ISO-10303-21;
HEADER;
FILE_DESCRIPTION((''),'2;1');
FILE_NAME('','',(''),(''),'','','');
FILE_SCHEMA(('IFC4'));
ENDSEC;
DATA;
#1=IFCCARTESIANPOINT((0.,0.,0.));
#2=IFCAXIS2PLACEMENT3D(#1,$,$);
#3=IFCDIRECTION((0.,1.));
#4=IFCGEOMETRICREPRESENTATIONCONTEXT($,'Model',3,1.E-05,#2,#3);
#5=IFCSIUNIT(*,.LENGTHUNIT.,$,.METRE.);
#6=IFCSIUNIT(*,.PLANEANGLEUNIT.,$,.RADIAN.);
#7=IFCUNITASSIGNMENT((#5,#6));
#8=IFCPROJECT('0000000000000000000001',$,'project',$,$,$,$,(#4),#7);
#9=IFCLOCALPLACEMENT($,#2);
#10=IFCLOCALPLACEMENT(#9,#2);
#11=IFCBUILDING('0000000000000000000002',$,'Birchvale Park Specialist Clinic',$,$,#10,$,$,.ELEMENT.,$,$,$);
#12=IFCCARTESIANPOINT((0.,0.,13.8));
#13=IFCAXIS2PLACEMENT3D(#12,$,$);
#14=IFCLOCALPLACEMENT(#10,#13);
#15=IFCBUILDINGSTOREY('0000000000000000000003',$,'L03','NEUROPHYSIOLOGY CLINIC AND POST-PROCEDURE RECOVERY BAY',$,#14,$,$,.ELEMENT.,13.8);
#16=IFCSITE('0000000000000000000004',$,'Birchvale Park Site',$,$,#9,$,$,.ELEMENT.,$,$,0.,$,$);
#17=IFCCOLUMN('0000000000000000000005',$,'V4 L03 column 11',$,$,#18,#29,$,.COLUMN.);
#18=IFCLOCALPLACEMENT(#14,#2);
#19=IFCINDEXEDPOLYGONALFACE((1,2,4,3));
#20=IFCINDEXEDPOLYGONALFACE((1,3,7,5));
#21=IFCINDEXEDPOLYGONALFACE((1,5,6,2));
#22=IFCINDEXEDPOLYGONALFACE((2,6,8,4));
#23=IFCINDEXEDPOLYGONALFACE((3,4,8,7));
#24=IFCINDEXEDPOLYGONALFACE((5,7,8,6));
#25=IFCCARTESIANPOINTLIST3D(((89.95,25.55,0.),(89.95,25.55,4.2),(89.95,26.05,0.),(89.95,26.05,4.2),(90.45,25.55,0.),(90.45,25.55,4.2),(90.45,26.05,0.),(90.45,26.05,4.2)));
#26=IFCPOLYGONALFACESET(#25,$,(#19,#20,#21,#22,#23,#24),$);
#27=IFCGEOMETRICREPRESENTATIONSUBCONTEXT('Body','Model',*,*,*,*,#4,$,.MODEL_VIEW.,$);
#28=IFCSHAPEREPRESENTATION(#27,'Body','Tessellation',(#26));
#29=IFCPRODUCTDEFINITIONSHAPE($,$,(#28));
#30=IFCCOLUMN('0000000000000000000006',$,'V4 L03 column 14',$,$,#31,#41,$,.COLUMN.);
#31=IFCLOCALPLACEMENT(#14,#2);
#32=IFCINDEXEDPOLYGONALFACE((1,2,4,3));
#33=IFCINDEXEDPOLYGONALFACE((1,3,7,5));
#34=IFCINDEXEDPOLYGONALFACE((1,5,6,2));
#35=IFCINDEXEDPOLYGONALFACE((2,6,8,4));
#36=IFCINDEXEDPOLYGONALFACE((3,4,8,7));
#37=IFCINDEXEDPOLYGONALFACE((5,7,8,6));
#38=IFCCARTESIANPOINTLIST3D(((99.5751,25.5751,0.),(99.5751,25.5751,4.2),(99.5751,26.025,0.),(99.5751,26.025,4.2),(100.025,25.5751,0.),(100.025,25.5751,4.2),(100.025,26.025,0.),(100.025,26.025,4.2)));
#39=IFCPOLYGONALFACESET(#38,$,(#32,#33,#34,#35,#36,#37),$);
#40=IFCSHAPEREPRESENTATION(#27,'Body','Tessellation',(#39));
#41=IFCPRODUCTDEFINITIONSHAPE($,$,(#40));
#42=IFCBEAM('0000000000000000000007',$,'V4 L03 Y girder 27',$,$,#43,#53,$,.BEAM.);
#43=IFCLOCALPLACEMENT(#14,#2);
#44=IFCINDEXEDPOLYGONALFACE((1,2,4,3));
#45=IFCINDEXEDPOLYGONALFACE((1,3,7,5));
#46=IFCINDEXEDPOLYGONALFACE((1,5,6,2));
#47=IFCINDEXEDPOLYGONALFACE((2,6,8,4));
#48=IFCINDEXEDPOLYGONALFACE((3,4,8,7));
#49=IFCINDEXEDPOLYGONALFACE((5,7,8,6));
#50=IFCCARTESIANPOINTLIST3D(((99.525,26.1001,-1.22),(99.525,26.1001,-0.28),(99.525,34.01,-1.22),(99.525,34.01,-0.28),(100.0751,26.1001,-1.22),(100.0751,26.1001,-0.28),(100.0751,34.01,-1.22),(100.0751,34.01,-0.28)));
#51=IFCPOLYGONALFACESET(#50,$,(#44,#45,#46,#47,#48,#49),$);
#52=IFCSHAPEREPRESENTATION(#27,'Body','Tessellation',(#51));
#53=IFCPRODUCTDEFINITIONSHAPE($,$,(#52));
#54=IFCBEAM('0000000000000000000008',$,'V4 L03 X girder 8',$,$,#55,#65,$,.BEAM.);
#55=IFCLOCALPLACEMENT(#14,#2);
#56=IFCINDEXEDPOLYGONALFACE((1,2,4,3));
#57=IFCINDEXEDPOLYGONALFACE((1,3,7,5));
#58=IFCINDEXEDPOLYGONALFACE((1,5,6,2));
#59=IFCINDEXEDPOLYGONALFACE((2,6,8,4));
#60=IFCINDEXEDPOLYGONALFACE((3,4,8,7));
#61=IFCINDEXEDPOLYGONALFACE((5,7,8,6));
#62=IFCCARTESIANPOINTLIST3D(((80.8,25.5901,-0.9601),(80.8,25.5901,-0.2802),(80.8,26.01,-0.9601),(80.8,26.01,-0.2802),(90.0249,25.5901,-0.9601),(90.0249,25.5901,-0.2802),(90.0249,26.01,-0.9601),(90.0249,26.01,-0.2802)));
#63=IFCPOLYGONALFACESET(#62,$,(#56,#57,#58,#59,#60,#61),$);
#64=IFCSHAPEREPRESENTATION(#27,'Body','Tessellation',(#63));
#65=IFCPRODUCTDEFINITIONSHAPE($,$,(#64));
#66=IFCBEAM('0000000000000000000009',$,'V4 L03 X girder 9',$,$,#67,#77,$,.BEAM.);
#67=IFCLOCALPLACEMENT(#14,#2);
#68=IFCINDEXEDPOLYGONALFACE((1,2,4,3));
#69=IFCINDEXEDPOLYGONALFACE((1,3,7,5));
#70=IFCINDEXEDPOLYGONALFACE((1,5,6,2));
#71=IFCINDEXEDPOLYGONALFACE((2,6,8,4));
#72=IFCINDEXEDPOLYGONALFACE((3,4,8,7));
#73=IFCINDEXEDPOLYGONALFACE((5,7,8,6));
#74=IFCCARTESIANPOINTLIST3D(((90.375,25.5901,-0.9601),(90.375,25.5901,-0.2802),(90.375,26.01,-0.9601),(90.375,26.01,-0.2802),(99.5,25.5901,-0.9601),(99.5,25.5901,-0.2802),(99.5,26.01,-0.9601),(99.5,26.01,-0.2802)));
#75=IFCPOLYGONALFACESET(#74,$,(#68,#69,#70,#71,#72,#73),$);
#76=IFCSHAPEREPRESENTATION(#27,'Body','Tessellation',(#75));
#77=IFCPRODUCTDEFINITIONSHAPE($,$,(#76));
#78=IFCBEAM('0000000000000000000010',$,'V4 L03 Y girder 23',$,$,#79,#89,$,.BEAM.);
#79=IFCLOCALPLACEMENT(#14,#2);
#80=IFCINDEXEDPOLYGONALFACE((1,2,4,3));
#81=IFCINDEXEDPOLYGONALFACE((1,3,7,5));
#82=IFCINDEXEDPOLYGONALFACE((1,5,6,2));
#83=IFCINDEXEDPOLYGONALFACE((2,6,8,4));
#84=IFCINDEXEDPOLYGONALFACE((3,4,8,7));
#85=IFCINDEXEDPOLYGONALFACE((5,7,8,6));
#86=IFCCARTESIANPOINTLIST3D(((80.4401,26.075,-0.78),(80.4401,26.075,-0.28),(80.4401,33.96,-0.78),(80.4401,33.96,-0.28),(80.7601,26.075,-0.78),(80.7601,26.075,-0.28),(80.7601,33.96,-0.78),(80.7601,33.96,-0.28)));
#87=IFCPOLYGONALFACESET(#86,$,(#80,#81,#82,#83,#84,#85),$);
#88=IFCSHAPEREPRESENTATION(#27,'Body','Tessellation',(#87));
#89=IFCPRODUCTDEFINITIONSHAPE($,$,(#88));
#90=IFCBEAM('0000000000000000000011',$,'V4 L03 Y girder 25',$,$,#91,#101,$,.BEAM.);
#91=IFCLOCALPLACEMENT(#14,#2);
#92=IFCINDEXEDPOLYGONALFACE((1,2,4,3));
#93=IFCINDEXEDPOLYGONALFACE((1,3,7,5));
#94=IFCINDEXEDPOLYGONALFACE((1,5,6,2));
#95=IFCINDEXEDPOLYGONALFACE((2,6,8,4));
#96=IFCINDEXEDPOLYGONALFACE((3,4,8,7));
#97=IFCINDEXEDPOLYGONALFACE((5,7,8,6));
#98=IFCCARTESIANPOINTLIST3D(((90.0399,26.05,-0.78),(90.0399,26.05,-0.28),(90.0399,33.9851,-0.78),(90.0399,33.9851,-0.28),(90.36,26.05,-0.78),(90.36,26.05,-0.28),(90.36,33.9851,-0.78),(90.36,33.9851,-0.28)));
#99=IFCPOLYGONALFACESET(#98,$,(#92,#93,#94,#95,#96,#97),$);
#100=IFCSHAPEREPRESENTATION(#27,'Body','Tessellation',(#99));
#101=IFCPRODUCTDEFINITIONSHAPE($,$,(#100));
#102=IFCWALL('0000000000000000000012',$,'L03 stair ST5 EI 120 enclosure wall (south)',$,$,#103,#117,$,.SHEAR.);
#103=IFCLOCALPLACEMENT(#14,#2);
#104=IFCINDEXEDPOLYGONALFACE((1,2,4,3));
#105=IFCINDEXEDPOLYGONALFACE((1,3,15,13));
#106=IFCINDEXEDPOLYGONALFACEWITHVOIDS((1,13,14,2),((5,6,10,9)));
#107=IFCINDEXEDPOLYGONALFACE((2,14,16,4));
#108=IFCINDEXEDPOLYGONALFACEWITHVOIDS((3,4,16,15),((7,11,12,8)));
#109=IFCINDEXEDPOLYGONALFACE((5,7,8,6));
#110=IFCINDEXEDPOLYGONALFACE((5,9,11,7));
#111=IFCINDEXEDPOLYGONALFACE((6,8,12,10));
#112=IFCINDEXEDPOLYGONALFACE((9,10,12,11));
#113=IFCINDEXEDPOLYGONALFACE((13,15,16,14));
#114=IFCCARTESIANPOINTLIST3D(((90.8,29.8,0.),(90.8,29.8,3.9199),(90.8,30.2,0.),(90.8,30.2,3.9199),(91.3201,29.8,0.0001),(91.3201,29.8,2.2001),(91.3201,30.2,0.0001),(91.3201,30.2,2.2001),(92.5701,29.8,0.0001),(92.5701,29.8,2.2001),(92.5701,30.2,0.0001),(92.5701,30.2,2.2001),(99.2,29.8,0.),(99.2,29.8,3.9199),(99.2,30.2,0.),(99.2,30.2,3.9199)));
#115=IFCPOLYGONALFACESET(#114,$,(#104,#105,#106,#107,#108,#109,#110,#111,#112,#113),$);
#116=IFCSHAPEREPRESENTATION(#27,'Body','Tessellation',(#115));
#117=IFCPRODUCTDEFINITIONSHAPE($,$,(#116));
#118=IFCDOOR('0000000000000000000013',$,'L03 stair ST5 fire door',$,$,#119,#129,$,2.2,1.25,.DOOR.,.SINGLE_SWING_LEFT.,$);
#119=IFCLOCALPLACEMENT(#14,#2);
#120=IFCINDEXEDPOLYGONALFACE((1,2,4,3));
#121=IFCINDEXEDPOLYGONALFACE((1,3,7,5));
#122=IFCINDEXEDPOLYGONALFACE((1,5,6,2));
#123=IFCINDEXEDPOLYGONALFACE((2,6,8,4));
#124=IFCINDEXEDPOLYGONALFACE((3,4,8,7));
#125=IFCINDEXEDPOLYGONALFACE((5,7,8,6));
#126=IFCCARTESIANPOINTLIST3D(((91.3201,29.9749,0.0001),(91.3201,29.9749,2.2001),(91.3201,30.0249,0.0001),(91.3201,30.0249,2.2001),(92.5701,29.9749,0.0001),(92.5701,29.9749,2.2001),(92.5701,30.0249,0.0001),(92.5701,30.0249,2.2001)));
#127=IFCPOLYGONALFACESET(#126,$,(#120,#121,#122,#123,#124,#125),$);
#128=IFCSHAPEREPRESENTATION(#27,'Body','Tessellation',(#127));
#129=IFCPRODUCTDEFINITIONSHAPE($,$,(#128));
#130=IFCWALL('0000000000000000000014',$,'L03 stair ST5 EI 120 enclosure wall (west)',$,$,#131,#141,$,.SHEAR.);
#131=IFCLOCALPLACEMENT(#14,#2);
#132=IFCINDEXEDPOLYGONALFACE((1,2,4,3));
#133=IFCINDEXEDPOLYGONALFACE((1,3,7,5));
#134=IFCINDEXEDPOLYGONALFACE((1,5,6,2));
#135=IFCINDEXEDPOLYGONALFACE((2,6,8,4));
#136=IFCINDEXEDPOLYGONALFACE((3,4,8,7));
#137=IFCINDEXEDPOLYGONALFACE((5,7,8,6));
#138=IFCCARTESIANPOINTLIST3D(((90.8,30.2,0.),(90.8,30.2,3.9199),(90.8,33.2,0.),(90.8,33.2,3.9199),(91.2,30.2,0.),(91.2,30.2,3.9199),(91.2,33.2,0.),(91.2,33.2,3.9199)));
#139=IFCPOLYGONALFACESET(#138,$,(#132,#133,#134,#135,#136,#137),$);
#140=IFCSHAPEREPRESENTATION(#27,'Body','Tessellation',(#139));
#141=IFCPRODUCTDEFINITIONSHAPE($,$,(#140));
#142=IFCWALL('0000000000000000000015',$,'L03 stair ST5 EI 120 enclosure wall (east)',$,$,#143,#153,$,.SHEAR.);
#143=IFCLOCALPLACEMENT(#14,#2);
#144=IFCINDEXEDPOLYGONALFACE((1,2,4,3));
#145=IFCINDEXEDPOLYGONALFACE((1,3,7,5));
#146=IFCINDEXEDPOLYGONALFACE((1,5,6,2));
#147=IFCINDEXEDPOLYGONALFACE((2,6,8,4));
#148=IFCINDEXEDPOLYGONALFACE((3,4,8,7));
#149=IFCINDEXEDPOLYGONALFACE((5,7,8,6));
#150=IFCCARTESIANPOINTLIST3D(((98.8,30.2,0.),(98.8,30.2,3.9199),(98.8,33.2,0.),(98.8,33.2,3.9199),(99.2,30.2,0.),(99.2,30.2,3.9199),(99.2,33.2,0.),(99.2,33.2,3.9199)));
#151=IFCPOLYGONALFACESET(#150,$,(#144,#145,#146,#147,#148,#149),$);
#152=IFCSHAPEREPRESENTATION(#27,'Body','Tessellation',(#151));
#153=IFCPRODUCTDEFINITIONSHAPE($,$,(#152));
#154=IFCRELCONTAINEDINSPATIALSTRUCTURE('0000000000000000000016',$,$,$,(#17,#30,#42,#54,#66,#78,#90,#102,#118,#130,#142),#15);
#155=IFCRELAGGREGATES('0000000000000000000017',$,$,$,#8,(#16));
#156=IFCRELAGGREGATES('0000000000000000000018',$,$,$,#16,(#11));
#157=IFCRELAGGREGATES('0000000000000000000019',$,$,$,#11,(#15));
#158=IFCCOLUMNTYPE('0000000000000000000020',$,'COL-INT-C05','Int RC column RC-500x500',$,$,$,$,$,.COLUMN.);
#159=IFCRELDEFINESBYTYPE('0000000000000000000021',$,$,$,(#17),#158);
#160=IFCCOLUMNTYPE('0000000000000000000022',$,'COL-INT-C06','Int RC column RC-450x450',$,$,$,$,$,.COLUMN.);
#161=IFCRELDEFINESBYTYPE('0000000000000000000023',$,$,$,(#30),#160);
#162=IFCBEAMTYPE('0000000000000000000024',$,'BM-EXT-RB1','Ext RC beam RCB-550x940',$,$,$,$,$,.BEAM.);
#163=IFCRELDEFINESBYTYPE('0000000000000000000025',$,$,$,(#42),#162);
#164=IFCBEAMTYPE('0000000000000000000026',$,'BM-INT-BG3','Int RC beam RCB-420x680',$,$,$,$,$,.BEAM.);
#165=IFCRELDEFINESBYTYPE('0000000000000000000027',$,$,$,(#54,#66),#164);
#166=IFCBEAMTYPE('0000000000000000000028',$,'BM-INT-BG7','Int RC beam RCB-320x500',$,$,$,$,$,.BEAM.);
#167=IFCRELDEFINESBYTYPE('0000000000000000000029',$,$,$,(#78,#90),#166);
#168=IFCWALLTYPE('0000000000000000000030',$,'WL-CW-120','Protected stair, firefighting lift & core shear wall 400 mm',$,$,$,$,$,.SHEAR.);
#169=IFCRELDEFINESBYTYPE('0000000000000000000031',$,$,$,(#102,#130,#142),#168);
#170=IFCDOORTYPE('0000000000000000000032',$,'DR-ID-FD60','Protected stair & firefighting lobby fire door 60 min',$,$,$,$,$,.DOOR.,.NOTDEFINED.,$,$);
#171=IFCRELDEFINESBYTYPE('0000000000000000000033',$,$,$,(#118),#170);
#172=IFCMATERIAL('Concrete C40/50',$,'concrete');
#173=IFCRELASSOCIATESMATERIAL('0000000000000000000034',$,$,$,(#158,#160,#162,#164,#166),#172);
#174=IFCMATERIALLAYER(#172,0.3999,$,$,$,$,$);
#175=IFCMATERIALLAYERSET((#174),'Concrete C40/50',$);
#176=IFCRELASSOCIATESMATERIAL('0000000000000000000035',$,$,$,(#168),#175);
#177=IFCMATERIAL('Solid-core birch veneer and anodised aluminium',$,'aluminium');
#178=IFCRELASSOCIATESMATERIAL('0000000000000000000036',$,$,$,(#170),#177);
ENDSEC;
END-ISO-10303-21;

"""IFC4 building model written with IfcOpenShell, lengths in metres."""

from ifc_helpers import new_model, si_unit, direction, frame, frame_2d, origin, origin_2d, place, context, subcontext, project, spatial, rectangle, extrude, material, layer, layer_set, material_profile, profile_set, type_object, element, fill, save


model = new_model("IFC4")

# Units and contexts
model_context = context("Model", 3, precision=1e-05, world=origin(), true_north=direction((0.0, 1.0)))
body_context = subcontext(model_context, "Body", "Model", "MODEL_VIEW")
ifc_project = project(units=[si_unit("LENGTHUNIT", "METRE"), si_unit("PLANEANGLEUNIT", "RADIAN")], contexts=[model_context])

# Site, building, storey
site_placement = place(None, origin())
site = spatial("IfcSite", under=ifc_project, at=site_placement, Name="Birchvale Park Site", CompositionType="ELEMENT", RefElevation=0.0)
building_placement = place(site_placement, origin())
building = spatial("IfcBuilding", under=site, at=building_placement, Name="Birchvale Park Specialist Clinic", CompositionType="ELEMENT")
storey_placement = place(building_placement, frame((0.0, 0.0, 13.8)))
storey = spatial("IfcBuildingStorey", under=building, at=storey_placement, Name="L03", Description="NEUROPHYSIOLOGY CLINIC AND POST-PROCEDURE RECOVERY BAY", CompositionType="ELEMENT", Elevation=13.8)

# Columns
ifc_material_1 = material(Name="Concrete C40/50", Category="concrete")
ifc_material_profile_1 = material_profile(ifc_material_1, rectangle(XDim=0.5, YDim=0.5, at=origin_2d()), Name="RC-500x500")
ifc_profile_set_1 = profile_set([ifc_material_profile_1], Name="Concrete C40/50")
column_type_1 = type_object("IfcColumnType", Name="COL-INT-C05", Description="Int RC column RC-500x500", PredefinedType="COLUMN", material=ifc_profile_set_1)
column_1_placement = place(storey_placement, frame((90.2, 25.8, 0.0), z_axis=(0.0, 0.0, 1.0), x_axis=(1.0, 0.0, 0.0)))
element("IfcColumn", 1, at=column_1_placement, inside=storey, type_object=column_type_1, Name="V4 L03 column 11", PredefinedType="COLUMN", context=body_context, shape_type="SweptSolid", body=[
    extrude(rectangle(XDim=0.5, YDim=0.5, at=origin_2d()), origin(), (0.0, 0.0, 1.0), 4.2),
])
ifc_material_profile_2 = material_profile(ifc_material_1, rectangle(XDim=0.45, YDim=0.45, at=origin_2d()), Name="RC-450x450")
ifc_profile_set_2 = profile_set([ifc_material_profile_2], Name="Concrete C40/50")
column_type_2 = type_object("IfcColumnType", Name="COL-INT-C06", Description="Int RC column RC-450x450", PredefinedType="COLUMN", material=ifc_profile_set_2)
column_2_placement = place(storey_placement, frame((99.8, 25.8, 0.0), z_axis=(0.0, 0.0, 1.0), x_axis=(1.0, 0.0, 0.0)))
element("IfcColumn", 2, at=column_2_placement, inside=storey, type_object=column_type_2, Name="V4 L03 column 14", PredefinedType="COLUMN", context=body_context, shape_type="SweptSolid", body=[
    extrude(rectangle(XDim=0.45, YDim=0.45, at=origin_2d()), origin(), (0.0, 0.0, 1.0), 4.2),
])

# Beams
ifc_material_profile_3 = material_profile(ifc_material_1, rectangle(XDim=0.55, YDim=0.9399, at=origin_2d()), Name="RCB-550x940")
ifc_profile_set_3 = profile_set([ifc_material_profile_3], Name="Concrete C40/50")
beam_type_1 = type_object("IfcBeamType", Name="BM-EXT-RB1", Description="Ext RC beam RCB-550x940", PredefinedType="BEAM", material=ifc_profile_set_3)
beam_1_placement = place(storey_placement, frame((99.8, 26.1001, -0.75), z_axis=(0.0, 1.0, 0.0), x_axis=(-1.0, 0.0, 0.0)))
element("IfcBeam", 3, at=beam_1_placement, inside=storey, type_object=beam_type_1, Name="V4 L03 Y girder 27", PredefinedType="BEAM", context=body_context, shape_type="SweptSolid", body=[
    extrude(rectangle(XDim=0.55, YDim=0.9399, at=origin_2d()), origin(), (0.0, 0.0, 1.0), 7.9099),
])
ifc_material_profile_4 = material_profile(ifc_material_1, rectangle(XDim=0.4199, YDim=0.6799, at=origin_2d()), Name="RCB-420x680")
ifc_profile_set_4 = profile_set([ifc_material_profile_4], Name="Concrete C40/50")
beam_type_2 = type_object("IfcBeamType", Name="BM-INT-BG3", Description="Int RC beam RCB-420x680", PredefinedType="BEAM", material=ifc_profile_set_4)
beam_2_placement = place(storey_placement, frame((80.8, 25.8, -0.6201), z_axis=(1.0, 0.0, 0.0), x_axis=(0.0, 1.0, 0.0)))
element("IfcBeam", 4, at=beam_2_placement, inside=storey, type_object=beam_type_2, Name="V4 L03 X girder 8", PredefinedType="BEAM", context=body_context, shape_type="SweptSolid", body=[
    extrude(rectangle(XDim=0.4199, YDim=0.6799, at=origin_2d()), origin(), (0.0, 0.0, 1.0), 9.2249),
])
beam_3_placement = place(storey_placement, frame((90.375, 25.8, -0.6201), z_axis=(1.0, 0.0, 0.0), x_axis=(0.0, 1.0, 0.0)))
element("IfcBeam", 5, at=beam_3_placement, inside=storey, type_object=beam_type_2, Name="V4 L03 X girder 9", PredefinedType="BEAM", context=body_context, shape_type="SweptSolid", body=[
    extrude(rectangle(XDim=0.4199, YDim=0.6799, at=origin_2d()), origin(), (0.0, 0.0, 1.0), 9.125),
])
ifc_material_profile_5 = material_profile(ifc_material_1, rectangle(XDim=0.3201, YDim=0.5, at=origin_2d()), Name="RCB-320x500")
ifc_profile_set_5 = profile_set([ifc_material_profile_5], Name="Concrete C40/50")
beam_type_3 = type_object("IfcBeamType", Name="BM-INT-BG7", Description="Int RC beam RCB-320x500", PredefinedType="BEAM", material=ifc_profile_set_5)
beam_4_placement = place(storey_placement, frame((80.6001, 26.075, -0.53), z_axis=(0.0, 1.0, 0.0), x_axis=(-1.0, 0.0, 0.0)))
element("IfcBeam", 6, at=beam_4_placement, inside=storey, type_object=beam_type_3, Name="V4 L03 Y girder 23", PredefinedType="BEAM", context=body_context, shape_type="SweptSolid", body=[
    extrude(rectangle(XDim=0.3201, YDim=0.5, at=origin_2d()), origin(), (0.0, 0.0, 1.0), 7.885),
])
beam_5_placement = place(storey_placement, frame((90.2, 26.05, -0.53), z_axis=(0.0, 1.0, 0.0), x_axis=(-1.0, 0.0, 0.0)))
element("IfcBeam", 7, at=beam_5_placement, inside=storey, type_object=beam_type_3, Name="V4 L03 Y girder 25", PredefinedType="BEAM", context=body_context, shape_type="SweptSolid", body=[
    extrude(rectangle(XDim=0.3201, YDim=0.5, at=origin_2d()), origin(), (0.0, 0.0, 1.0), 7.9351),
])

# Wall, opening, door
ifc_layer_1 = layer(ifc_material_1, 0.3999)
ifc_layer_set_1 = layer_set([ifc_layer_1], Name="Concrete C40/50")
wall_type_1 = type_object("IfcWallType", Name="WL-CW-120", Description="Protected stair, firefighting lift & core shear wall 400 mm", PredefinedType="SHEAR", material=ifc_layer_set_1)
wall_1_placement = place(storey_placement, frame((90.8, 30.0, 0.0), z_axis=(0.0, 0.0, 1.0), x_axis=(1.0, 0.0, 0.0)))
wall_1 = element("IfcWall", 8, at=wall_1_placement, inside=storey, type_object=wall_type_1, Name="L03 stair ST5 EI 120 enclosure wall (south)", PredefinedType="SHEAR", context=body_context, shape_type="SweptSolid", body=[
    extrude(rectangle(XDim=8.3999, YDim=0.3999, at=frame_2d((4.2, 0.0))), origin(), (0.0, 0.0, 1.0), 3.9199),
])
opening_1_placement = place(wall_1_placement, frame((0.52, 0.0, 0.0)))
opening_1 = element("IfcOpeningElement", 9, at=opening_1_placement, cuts=wall_1, PredefinedType="OPENING", context=body_context, shape_type="SweptSolid", body=[
    extrude(rectangle(XDim=1.25, YDim=2.2, at=frame_2d((0.625, 1.1001))), frame((0.0, 0.21, 0.0), z_axis=(0.0, -1.0, 0.0), x_axis=(1.0, 0.0, 0.0)), (0.0, 0.0, 1.0), 0.4199),
])
ifc_material_2 = material(Name="Solid-core birch veneer and anodised aluminium", Category="aluminium")
door_type_1 = type_object("IfcDoorType", Name="DR-ID-FD60", Description="Protected stair & firefighting lobby fire door 60 min", OperationType="NOTDEFINED", PredefinedType="DOOR", material=ifc_material_2)
door_1_placement = place(opening_1_placement, origin())
door_1 = element("IfcDoor", 10, at=door_1_placement, inside=storey, type_object=door_type_1, Name="L03 stair ST5 fire door", OperationType="SINGLE_SWING_LEFT", OverallHeight=2.2, OverallWidth=1.25, PredefinedType="DOOR", context=body_context, shape_type="SweptSolid", body=[
    extrude(rectangle(XDim=1.25, YDim=2.2, at=frame_2d((0.625, 1.1001))), frame((0.0, 0.0249, 0.0), z_axis=(0.0, -1.0, 0.0), x_axis=(1.0, 0.0, 0.0)), (0.0, 0.0, 1.0), 0.05),
])
fill(opening_1, door_1)

# Walls
for number, where, z_axis, x_axis, name in (
    (11, (91.0, 30.2, 0.0), (0.0, 0.0, 1.0), (0.0, 1.0, 0.0), "L03 stair ST5 EI 120 enclosure wall (west)"),
    (12, (99.0, 33.2, 0.0), (0.0, 0.0, 1.0), (0.0, -1.0, 0.0), "L03 stair ST5 EI 120 enclosure wall (east)"),
):
    element("IfcWall", number, at=place(storey_placement, frame(where, z_axis=z_axis, x_axis=x_axis)), inside=storey, type_object=wall_type_1, Name=name, PredefinedType="SHEAR", context=body_context, shape_type="SweptSolid", body=[
        extrude(rectangle(XDim=3.0, YDim=0.3999, at=frame_2d((1.5, 0.0))), origin(), (0.0, 0.0, 1.0), 3.9199),
    ])

save(model, "model.ifc")
